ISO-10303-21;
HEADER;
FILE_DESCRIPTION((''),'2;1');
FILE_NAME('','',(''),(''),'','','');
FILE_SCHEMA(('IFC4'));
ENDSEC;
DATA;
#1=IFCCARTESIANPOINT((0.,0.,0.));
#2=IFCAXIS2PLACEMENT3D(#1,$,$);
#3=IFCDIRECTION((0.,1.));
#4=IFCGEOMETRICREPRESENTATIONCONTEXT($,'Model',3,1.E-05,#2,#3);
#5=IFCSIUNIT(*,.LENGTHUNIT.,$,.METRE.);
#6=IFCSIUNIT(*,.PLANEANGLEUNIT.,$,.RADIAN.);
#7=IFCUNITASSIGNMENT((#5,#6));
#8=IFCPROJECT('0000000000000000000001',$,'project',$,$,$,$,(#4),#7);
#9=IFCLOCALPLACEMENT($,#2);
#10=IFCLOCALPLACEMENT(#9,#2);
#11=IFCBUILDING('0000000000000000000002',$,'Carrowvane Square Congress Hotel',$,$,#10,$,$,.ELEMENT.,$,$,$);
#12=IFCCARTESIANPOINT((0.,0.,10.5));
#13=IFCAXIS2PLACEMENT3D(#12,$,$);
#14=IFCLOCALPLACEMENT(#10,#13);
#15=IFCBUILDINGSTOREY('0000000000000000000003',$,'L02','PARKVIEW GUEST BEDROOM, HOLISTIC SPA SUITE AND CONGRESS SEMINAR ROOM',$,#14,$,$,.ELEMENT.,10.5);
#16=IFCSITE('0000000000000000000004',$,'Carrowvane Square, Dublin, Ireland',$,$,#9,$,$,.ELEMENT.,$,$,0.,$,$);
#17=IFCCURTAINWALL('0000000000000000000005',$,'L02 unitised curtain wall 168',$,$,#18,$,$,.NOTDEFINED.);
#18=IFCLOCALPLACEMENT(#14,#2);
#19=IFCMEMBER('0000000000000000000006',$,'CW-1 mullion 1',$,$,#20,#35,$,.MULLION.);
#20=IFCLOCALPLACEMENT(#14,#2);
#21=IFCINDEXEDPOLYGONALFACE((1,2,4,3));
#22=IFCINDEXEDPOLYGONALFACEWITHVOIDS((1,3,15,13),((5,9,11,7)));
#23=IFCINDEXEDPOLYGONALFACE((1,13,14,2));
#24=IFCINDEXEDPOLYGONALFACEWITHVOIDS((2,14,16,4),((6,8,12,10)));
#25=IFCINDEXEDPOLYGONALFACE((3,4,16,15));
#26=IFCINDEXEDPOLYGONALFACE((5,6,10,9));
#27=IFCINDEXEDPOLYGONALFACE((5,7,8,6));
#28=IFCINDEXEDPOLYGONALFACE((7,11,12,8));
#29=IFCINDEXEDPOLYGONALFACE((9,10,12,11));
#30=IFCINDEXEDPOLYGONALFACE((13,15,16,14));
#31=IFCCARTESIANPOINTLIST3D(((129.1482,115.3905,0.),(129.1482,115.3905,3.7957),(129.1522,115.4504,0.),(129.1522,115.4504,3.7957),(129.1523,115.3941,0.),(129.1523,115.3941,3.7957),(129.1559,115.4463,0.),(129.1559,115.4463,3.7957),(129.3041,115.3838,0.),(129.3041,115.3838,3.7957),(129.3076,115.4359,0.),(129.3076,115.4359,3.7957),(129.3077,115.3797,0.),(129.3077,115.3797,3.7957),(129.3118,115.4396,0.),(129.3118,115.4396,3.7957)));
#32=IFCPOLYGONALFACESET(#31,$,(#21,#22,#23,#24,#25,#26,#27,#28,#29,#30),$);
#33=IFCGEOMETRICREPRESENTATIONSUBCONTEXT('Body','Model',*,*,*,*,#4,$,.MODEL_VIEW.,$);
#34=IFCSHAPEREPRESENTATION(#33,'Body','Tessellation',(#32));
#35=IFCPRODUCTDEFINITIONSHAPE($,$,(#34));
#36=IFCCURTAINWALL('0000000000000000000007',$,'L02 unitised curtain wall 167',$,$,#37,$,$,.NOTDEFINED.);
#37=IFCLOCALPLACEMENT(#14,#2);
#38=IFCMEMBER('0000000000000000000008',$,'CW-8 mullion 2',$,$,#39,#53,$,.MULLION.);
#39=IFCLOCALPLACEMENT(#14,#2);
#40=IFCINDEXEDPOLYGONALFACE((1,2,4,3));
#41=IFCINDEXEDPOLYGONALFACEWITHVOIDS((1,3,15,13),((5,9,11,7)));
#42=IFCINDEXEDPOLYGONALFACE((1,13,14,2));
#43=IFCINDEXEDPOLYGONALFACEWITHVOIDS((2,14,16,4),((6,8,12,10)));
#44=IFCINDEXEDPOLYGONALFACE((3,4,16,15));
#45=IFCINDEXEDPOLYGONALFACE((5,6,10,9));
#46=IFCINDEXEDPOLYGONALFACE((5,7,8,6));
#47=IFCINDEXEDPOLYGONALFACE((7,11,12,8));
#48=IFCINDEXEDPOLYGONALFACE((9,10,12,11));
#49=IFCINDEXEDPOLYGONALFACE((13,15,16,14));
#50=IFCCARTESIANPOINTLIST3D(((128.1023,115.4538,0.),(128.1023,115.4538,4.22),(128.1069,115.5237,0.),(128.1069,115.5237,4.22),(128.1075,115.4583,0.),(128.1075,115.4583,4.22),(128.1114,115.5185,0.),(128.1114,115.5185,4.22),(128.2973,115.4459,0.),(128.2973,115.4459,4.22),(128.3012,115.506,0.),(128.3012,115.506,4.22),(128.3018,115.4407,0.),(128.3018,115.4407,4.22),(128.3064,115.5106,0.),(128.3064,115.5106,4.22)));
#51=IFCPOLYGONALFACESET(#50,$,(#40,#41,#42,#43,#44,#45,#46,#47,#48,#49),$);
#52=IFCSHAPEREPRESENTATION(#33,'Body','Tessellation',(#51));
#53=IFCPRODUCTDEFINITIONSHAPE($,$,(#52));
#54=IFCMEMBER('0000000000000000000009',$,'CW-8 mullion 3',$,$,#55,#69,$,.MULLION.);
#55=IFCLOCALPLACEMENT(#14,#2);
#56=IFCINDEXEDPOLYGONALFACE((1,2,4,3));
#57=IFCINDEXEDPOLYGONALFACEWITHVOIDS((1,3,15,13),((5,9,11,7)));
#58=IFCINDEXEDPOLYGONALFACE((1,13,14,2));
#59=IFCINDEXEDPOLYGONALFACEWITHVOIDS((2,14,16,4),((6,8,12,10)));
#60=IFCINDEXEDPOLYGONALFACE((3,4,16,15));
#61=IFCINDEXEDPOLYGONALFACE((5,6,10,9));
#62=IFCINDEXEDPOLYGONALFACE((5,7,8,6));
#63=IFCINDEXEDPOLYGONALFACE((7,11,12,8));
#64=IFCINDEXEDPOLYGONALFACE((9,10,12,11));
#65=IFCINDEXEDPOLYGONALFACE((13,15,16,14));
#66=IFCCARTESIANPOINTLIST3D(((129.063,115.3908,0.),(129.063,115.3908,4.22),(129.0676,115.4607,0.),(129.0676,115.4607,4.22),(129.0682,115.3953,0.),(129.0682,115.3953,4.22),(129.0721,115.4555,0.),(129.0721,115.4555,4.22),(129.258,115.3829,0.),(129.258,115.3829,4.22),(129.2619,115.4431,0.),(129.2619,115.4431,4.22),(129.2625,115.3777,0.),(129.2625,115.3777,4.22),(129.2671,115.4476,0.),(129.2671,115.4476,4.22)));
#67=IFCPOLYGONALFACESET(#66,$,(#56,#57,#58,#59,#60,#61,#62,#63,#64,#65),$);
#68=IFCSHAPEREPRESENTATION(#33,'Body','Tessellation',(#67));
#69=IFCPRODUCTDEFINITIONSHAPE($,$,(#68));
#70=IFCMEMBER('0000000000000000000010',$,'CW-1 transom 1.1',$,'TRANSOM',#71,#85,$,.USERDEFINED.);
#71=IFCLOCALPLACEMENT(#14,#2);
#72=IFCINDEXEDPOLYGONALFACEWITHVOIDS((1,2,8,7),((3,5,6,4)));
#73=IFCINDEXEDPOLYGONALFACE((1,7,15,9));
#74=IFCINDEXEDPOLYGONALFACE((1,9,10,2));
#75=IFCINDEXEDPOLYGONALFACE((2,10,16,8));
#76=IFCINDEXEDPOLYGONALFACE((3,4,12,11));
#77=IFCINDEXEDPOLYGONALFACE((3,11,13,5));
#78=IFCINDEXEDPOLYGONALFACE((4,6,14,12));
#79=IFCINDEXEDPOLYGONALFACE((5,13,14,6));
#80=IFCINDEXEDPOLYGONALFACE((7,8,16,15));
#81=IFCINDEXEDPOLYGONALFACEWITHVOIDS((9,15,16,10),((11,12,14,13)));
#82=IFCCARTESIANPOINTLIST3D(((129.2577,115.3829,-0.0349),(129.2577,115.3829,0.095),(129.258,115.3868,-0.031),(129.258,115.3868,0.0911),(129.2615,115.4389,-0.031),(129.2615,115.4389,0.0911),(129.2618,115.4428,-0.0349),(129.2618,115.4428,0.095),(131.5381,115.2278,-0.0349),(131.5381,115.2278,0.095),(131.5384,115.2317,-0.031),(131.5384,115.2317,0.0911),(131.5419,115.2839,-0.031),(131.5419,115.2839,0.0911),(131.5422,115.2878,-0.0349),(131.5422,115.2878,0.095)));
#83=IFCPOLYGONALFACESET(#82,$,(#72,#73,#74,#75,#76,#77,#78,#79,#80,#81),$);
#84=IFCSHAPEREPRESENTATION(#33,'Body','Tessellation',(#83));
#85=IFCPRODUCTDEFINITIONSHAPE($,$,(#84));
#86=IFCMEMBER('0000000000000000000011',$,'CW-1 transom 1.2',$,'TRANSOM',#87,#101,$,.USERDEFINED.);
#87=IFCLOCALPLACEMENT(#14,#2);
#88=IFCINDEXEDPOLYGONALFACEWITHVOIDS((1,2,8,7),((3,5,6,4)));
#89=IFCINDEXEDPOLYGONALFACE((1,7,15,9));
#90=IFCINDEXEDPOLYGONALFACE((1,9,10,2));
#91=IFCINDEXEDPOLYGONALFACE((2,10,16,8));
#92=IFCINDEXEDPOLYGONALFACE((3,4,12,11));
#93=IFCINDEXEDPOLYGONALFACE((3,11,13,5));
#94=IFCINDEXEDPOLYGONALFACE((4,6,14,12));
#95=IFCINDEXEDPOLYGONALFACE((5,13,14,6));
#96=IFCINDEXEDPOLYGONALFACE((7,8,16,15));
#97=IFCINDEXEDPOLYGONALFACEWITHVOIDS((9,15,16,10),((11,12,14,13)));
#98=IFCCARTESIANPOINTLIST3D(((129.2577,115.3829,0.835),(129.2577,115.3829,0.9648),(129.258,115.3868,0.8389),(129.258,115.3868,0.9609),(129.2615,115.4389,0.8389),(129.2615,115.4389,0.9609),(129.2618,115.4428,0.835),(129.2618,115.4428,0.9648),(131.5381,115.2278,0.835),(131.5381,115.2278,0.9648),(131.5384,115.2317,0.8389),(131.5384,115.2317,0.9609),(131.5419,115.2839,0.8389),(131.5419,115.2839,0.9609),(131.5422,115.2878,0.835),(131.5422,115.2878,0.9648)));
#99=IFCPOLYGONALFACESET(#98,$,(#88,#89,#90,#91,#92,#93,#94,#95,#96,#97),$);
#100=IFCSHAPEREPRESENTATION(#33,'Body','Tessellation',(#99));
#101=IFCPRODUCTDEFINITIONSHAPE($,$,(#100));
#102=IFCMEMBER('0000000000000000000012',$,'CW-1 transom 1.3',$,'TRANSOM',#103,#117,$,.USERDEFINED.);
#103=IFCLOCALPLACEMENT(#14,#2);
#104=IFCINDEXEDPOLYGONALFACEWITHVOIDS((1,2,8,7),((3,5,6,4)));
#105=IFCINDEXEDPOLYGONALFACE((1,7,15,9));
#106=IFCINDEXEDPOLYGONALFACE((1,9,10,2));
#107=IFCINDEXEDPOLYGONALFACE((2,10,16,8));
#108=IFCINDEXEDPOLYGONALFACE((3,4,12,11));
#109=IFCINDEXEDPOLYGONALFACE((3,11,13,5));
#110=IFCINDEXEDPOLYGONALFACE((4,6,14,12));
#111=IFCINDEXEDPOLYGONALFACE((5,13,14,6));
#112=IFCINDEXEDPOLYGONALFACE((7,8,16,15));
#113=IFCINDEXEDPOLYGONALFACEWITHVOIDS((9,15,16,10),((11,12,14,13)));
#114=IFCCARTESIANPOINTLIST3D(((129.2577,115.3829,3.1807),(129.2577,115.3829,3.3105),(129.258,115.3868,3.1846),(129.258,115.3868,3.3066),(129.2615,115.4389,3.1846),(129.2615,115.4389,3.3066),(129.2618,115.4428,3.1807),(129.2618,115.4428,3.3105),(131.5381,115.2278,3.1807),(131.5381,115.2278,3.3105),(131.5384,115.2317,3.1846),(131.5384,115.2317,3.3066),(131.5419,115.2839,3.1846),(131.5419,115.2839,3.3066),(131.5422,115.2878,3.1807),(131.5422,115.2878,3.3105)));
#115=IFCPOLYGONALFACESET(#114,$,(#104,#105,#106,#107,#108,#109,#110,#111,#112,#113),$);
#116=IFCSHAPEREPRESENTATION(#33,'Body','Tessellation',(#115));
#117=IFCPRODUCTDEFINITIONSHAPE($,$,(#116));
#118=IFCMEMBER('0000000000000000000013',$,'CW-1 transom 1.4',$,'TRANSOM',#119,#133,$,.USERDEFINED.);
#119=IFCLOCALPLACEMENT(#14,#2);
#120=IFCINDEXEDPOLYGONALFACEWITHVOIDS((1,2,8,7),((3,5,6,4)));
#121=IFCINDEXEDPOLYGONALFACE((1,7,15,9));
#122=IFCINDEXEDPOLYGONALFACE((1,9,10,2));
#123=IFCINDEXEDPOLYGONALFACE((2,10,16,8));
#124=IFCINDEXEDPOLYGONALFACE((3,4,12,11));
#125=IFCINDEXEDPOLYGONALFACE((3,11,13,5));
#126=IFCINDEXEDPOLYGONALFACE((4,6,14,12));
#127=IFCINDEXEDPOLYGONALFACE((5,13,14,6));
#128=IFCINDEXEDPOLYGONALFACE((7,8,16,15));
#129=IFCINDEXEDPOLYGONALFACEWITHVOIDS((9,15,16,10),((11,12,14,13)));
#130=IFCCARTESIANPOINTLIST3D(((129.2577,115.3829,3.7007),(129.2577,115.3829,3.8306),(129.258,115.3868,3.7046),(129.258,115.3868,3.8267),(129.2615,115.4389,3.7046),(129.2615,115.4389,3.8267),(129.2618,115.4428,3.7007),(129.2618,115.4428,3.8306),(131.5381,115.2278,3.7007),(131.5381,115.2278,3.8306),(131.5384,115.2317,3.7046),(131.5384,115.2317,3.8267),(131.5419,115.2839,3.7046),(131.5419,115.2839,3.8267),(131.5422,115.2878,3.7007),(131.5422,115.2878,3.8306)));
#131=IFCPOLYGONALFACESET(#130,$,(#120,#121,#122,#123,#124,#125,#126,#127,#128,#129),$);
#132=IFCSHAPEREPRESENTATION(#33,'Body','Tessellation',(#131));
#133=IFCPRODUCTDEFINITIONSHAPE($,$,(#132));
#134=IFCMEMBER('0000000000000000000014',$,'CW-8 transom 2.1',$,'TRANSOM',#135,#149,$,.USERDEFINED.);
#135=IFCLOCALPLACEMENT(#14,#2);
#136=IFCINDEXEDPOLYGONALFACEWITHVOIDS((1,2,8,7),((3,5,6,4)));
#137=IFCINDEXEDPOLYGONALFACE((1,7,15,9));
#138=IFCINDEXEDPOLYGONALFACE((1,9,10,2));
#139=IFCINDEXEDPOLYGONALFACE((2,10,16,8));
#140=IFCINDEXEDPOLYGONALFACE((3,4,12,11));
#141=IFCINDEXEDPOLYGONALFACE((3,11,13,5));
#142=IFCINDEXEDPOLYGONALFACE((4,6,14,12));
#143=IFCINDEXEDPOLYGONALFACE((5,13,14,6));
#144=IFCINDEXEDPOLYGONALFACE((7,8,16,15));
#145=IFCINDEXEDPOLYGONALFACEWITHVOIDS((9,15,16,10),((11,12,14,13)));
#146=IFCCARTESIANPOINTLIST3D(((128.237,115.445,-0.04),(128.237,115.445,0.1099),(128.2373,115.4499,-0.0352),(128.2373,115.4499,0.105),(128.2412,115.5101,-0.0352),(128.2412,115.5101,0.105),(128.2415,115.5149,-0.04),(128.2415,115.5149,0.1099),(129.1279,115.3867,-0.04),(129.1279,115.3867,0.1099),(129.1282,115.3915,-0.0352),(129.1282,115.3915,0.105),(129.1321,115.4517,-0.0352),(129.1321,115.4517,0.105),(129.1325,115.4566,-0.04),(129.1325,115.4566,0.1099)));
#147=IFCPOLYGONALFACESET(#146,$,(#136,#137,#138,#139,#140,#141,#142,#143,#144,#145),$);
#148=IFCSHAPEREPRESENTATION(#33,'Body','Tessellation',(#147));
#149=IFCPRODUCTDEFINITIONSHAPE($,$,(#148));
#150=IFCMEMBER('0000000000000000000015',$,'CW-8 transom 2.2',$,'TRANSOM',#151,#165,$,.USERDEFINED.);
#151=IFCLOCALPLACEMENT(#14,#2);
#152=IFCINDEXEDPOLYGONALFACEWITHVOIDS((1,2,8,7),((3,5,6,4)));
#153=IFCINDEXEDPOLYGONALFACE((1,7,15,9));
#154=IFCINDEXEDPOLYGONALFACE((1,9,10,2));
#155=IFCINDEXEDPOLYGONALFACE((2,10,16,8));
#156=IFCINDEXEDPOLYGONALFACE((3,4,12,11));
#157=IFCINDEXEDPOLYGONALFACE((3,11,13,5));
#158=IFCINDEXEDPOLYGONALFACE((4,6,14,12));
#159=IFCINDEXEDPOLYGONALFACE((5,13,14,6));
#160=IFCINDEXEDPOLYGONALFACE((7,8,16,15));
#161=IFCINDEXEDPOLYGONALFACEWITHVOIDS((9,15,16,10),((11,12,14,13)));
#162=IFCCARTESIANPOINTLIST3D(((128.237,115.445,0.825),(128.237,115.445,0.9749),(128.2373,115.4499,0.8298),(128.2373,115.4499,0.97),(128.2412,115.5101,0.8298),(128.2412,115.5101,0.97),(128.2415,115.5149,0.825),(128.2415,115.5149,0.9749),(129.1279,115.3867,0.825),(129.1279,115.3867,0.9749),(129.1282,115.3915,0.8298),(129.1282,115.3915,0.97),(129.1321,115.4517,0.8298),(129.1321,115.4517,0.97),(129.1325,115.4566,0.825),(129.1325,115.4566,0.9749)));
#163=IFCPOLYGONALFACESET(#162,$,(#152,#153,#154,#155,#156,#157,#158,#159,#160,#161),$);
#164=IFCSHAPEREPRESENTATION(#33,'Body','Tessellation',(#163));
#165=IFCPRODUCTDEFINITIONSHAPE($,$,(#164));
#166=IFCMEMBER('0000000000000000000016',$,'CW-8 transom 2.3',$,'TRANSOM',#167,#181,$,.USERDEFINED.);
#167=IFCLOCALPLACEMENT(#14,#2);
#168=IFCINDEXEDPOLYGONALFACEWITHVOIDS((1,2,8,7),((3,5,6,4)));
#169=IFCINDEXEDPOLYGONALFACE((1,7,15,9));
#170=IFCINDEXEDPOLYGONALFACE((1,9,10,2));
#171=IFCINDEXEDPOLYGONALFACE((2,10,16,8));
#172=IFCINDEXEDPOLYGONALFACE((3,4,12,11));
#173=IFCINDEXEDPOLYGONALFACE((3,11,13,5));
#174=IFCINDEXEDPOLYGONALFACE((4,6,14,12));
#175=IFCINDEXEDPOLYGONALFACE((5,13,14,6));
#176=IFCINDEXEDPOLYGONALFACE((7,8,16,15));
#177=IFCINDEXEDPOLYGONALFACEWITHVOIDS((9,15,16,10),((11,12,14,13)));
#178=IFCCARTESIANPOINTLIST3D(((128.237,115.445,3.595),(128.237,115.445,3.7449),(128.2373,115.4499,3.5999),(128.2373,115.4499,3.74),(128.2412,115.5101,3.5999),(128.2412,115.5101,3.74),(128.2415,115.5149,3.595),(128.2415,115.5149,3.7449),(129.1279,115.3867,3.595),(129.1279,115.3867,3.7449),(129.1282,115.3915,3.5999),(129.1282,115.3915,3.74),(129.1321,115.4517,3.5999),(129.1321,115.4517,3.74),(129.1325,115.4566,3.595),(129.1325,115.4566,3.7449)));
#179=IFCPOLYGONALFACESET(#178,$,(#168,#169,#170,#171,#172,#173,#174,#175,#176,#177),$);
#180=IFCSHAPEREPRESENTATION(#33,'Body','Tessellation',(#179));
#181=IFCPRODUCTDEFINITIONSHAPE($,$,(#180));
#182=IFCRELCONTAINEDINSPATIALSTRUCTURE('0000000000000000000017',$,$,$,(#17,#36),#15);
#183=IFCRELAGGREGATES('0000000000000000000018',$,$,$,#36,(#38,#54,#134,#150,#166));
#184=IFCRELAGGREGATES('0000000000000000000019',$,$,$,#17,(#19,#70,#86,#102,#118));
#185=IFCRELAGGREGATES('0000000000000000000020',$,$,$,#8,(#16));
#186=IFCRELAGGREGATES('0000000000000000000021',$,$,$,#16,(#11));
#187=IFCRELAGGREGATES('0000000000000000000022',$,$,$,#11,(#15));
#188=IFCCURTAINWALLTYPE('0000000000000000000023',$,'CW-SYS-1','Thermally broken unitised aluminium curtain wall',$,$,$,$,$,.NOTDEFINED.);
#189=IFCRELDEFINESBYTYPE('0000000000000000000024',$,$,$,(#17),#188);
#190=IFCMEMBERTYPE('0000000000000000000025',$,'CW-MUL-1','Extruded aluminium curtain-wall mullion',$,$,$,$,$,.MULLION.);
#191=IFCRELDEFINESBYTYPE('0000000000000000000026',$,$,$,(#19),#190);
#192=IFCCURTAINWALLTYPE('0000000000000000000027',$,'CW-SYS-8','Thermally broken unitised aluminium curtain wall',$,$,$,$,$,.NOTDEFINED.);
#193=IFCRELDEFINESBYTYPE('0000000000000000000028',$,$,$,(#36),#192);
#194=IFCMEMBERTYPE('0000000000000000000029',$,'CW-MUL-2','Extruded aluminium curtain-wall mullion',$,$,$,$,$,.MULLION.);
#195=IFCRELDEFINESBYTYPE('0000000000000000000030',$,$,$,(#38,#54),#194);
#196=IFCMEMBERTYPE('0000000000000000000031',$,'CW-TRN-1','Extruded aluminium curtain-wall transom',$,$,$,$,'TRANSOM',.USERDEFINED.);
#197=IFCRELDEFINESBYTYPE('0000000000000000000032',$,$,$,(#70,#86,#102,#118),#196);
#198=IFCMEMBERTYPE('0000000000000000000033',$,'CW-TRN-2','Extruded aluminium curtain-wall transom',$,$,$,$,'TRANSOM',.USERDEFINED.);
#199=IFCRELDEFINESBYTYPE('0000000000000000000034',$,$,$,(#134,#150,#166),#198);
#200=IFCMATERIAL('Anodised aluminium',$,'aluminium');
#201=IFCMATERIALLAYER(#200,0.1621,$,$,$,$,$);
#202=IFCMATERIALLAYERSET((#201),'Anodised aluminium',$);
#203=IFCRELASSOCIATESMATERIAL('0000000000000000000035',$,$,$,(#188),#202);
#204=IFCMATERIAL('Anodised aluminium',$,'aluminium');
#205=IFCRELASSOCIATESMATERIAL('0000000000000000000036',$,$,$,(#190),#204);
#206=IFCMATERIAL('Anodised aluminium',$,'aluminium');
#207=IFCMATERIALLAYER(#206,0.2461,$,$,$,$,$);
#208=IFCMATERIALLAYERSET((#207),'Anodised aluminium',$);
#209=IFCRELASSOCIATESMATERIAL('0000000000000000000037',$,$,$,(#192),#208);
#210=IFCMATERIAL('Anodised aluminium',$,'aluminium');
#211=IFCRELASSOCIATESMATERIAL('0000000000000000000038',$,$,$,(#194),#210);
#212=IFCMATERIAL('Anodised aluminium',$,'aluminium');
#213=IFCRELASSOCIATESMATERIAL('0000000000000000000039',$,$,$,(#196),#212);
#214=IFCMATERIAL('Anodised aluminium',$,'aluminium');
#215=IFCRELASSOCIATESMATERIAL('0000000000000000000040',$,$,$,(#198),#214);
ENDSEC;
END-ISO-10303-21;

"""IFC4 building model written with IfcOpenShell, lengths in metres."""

from ifc_helpers import new_model, si_unit, direction, frame, origin, origin_2d, place, context, subcontext, project, spatial, hollow_rectangle, extrude, material, layer, layer_set, material_profile, profile_set, type_object, element, aggregate, save


model = new_model("IFC4")

# Units and contexts
model_context = context("Model", 3, precision=1e-05, world=origin(), true_north=direction((0.0, 1.0)))
body_context = subcontext(model_context, "Body", "Model", "MODEL_VIEW")
ifc_project = project(units=[si_unit("LENGTHUNIT", "METRE"), si_unit("PLANEANGLEUNIT", "RADIAN")], contexts=[model_context])

# Site, building, storey
site_placement = place(None, origin())
site = spatial("IfcSite", under=ifc_project, at=site_placement, Name="Carrowvane Square, Dublin, Ireland", CompositionType="ELEMENT", RefElevation=0.0)
building_placement = place(site_placement, origin())
building = spatial("IfcBuilding", under=site, at=building_placement, Name="Carrowvane Square Congress Hotel", CompositionType="ELEMENT")
storey_placement = place(building_placement, frame((0.0, 0.0, 10.5)))
storey = spatial("IfcBuildingStorey", under=building, at=storey_placement, Name="L02", Description="PARKVIEW GUEST BEDROOM, HOLISTIC SPA SUITE AND CONGRESS SEMINAR ROOM", CompositionType="ELEMENT", Elevation=10.5)

# Curtain wall, member
ifc_material_1 = material(Name="Anodised aluminium", Category="aluminium")
ifc_layer_1 = layer(ifc_material_1, 0.1621)
ifc_layer_set_1 = layer_set([ifc_layer_1], Name="Anodised aluminium")
curtain_wall_type_1 = type_object("IfcCurtainWallType", Name="CW-SYS-1", Description="Thermally broken unitised aluminium curtain wall", PredefinedType="NOTDEFINED", material=ifc_layer_set_1)
curtain_wall_1_placement = place(storey_placement, origin())
curtain_wall_1 = element("IfcCurtainWall", 1, at=curtain_wall_1_placement, inside=storey, type_object=curtain_wall_type_1, Name="L02 unitised curtain wall 168", PredefinedType="NOTDEFINED")
ifc_material_2 = material(Name="Anodised aluminium", Category="aluminium")
ifc_material_profile_1 = material_profile(ifc_material_2, hollow_rectangle(XDim=0.0601, YDim=0.1599, WallThickness=0.0039, at=origin_2d()), Name="CW-ML 60x160x4")
ifc_profile_set_1 = profile_set([ifc_material_profile_1], Name="Anodised aluminium")
member_type_1 = type_object("IfcMemberType", Name="CW-MUL-1", Description="Extruded aluminium curtain-wall mullion", PredefinedType="MULLION", material=ifc_profile_set_1)
member_1_placement = place(storey_placement, frame((129.23, 115.415, 0.0), z_axis=(0.0, 0.0, 1.0), x_axis=(0.06787, 0.997694, 0.0)))
member_1 = element("IfcMember", 2, at=member_1_placement, type_object=member_type_1, Name="CW-1 mullion 1", PredefinedType="MULLION", context=body_context, shape_type="SweptSolid", body=[
    extrude(hollow_rectangle(XDim=0.0601, YDim=0.1599, WallThickness=0.0039, at=origin_2d()), origin(), (0.0, 0.0, 1.0), 3.7957),
])

# Curtain wall, members
ifc_material_3 = material(Name="Anodised aluminium", Category="aluminium")
ifc_layer_2 = layer(ifc_material_3, 0.2461)
ifc_layer_set_2 = layer_set([ifc_layer_2], Name="Anodised aluminium")
curtain_wall_type_2 = type_object("IfcCurtainWallType", Name="CW-SYS-8", Description="Thermally broken unitised aluminium curtain wall", PredefinedType="NOTDEFINED", material=ifc_layer_set_2)
curtain_wall_2_placement = place(storey_placement, origin())
curtain_wall_2 = element("IfcCurtainWall", 3, at=curtain_wall_2_placement, inside=storey, type_object=curtain_wall_type_2, Name="L02 unitised curtain wall 167", PredefinedType="NOTDEFINED")
ifc_material_4 = material(Name="Anodised aluminium", Category="aluminium")
ifc_material_profile_2 = material_profile(ifc_material_4, hollow_rectangle(XDim=0.0701, YDim=0.2, WallThickness=0.0049, at=origin_2d()), Name="CW-ML 70x200x5")
ifc_profile_set_2 = profile_set([ifc_material_profile_2], Name="Anodised aluminium")
member_type_2 = type_object("IfcMemberType", Name="CW-MUL-2", Description="Extruded aluminium curtain-wall mullion", PredefinedType="MULLION", material=ifc_profile_set_2)
member_2_placement = place(storey_placement, frame((128.2043, 115.4822, 0.0), z_axis=(0.0, 0.0, 1.0), x_axis=(0.065414, 0.997858, 0.0)))
member_2 = element("IfcMember", 4, at=member_2_placement, type_object=member_type_2, Name="CW-8 mullion 2", PredefinedType="MULLION", context=body_context, shape_type="SweptSolid", body=[
    extrude(hollow_rectangle(XDim=0.0701, YDim=0.2, WallThickness=0.0049, at=origin_2d()), origin(), (0.0, 0.0, 1.0), 4.22),
])
member_3_placement = place(storey_placement, frame((129.165, 115.4192, 0.0), z_axis=(0.0, 0.0, 1.0), x_axis=(0.065414, 0.997858, 0.0)))
member_3 = element("IfcMember", 5, at=member_3_placement, type_object=member_type_2, Name="CW-8 mullion 3", PredefinedType="MULLION", context=body_context, shape_type="SweptSolid", body=[
    extrude(hollow_rectangle(XDim=0.0701, YDim=0.2, WallThickness=0.0049, at=origin_2d()), origin(), (0.0, 0.0, 1.0), 4.22),
])

# Members
ifc_material_5 = material(Name="Anodised aluminium", Category="aluminium")
ifc_material_profile_3 = material_profile(ifc_material_5, hollow_rectangle(XDim=0.0601, YDim=0.1299, WallThickness=0.0039, at=origin_2d()), Name="CW-TR 60x130x4")
ifc_profile_set_3 = profile_set([ifc_material_profile_3], Name="Anodised aluminium")
member_type_3 = type_object("IfcMemberType", Name="CW-TRN-1", Description="Extruded aluminium curtain-wall transom", ElementType="TRANSOM", PredefinedType="USERDEFINED", material=ifc_profile_set_3)
member_4_placement = place(storey_placement, frame((129.2598, 115.4128, 0.03), z_axis=(0.997697, -0.067831, 0.0), x_axis=(0.067831, 0.997697, 0.0)))
member_4 = element("IfcMember", 6, at=member_4_placement, type_object=member_type_3, Name="CW-1 transom 1.1", ObjectType="TRANSOM", PredefinedType="USERDEFINED", context=body_context, shape_type="SweptSolid", body=[
    extrude(hollow_rectangle(XDim=0.0601, YDim=0.1299, WallThickness=0.0039, at=origin_2d()), origin(), (0.0, 0.0, 1.0), 2.2856),
])
member_5_placement = place(storey_placement, frame((129.2598, 115.4128, 0.8999), z_axis=(0.997697, -0.067831, 0.0), x_axis=(0.067831, 0.997697, 0.0)))
member_5 = element("IfcMember", 7, at=member_5_placement, type_object=member_type_3, Name="CW-1 transom 1.2", ObjectType="TRANSOM", PredefinedType="USERDEFINED", context=body_context, shape_type="SweptSolid", body=[
    extrude(hollow_rectangle(XDim=0.0601, YDim=0.1299, WallThickness=0.0039, at=origin_2d()), origin(), (0.0, 0.0, 1.0), 2.2856),
])
member_6_placement = place(storey_placement, frame((129.2598, 115.4128, 3.2456), z_axis=(0.997697, -0.067831, 0.0), x_axis=(0.067831, 0.997697, 0.0)))
member_6 = element("IfcMember", 8, at=member_6_placement, type_object=member_type_3, Name="CW-1 transom 1.3", ObjectType="TRANSOM", PredefinedType="USERDEFINED", context=body_context, shape_type="SweptSolid", body=[
    extrude(hollow_rectangle(XDim=0.0601, YDim=0.1299, WallThickness=0.0039, at=origin_2d()), origin(), (0.0, 0.0, 1.0), 2.2856),
])
member_7_placement = place(storey_placement, frame((129.2598, 115.4128, 3.7656), z_axis=(0.997697, -0.067831, 0.0), x_axis=(0.067831, 0.997697, 0.0)))
member_7 = element("IfcMember", 9, at=member_7_placement, type_object=member_type_3, Name="CW-1 transom 1.4", ObjectType="TRANSOM", PredefinedType="USERDEFINED", context=body_context, shape_type="SweptSolid", body=[
    extrude(hollow_rectangle(XDim=0.0601, YDim=0.1299, WallThickness=0.0039, at=origin_2d()), origin(), (0.0, 0.0, 1.0), 2.2856),
])
ifc_material_6 = material(Name="Anodised aluminium", Category="aluminium")
ifc_material_profile_4 = material_profile(ifc_material_6, hollow_rectangle(XDim=0.0701, YDim=0.1499, WallThickness=0.0049, at=origin_2d()), Name="CW-TR 70x150x5")
ifc_profile_set_4 = profile_set([ifc_material_profile_4], Name="Anodised aluminium")
member_type_4 = type_object("IfcMemberType", Name="CW-TRN-2", Description="Extruded aluminium curtain-wall transom", ElementType="TRANSOM", PredefinedType="USERDEFINED", material=ifc_profile_set_4)
member_8_placement = place(storey_placement, frame((128.2393, 115.48, 0.0349), z_axis=(0.997862, -0.065357, 0.0), x_axis=(0.065357, 0.997862, 0.0)))
member_8 = element("IfcMember", 10, at=member_8_placement, type_object=member_type_4, Name="CW-8 transom 2.1", ObjectType="TRANSOM", PredefinedType="USERDEFINED", context=body_context, shape_type="SweptSolid", body=[
    extrude(hollow_rectangle(XDim=0.0701, YDim=0.1499, WallThickness=0.0049, at=origin_2d()), origin(), (0.0, 0.0, 1.0), 0.8928),
])
member_9_placement = place(storey_placement, frame((128.2393, 115.48, 0.8999), z_axis=(0.997862, -0.065357, 0.0), x_axis=(0.065357, 0.997862, 0.0)))
member_9 = element("IfcMember", 11, at=member_9_placement, type_object=member_type_4, Name="CW-8 transom 2.2", ObjectType="TRANSOM", PredefinedType="USERDEFINED", context=body_context, shape_type="SweptSolid", body=[
    extrude(hollow_rectangle(XDim=0.0701, YDim=0.1499, WallThickness=0.0049, at=origin_2d()), origin(), (0.0, 0.0, 1.0), 0.8928),
])
member_10_placement = place(storey_placement, frame((128.2393, 115.48, 3.6699), z_axis=(0.997862, -0.065357, 0.0), x_axis=(0.065357, 0.997862, 0.0)))
member_10 = element("IfcMember", 12, at=member_10_placement, type_object=member_type_4, Name="CW-8 transom 2.3", ObjectType="TRANSOM", PredefinedType="USERDEFINED", context=body_context, shape_type="SweptSolid", body=[
    extrude(hollow_rectangle(XDim=0.0701, YDim=0.1499, WallThickness=0.0049, at=origin_2d()), origin(), (0.0, 0.0, 1.0), 0.8928),
])

aggregate(curtain_wall_2, [member_2, member_3, member_8, member_9, member_10])
aggregate(curtain_wall_1, [member_1, member_4, member_5, member_6, member_7])

save(model, "model.ifc")
